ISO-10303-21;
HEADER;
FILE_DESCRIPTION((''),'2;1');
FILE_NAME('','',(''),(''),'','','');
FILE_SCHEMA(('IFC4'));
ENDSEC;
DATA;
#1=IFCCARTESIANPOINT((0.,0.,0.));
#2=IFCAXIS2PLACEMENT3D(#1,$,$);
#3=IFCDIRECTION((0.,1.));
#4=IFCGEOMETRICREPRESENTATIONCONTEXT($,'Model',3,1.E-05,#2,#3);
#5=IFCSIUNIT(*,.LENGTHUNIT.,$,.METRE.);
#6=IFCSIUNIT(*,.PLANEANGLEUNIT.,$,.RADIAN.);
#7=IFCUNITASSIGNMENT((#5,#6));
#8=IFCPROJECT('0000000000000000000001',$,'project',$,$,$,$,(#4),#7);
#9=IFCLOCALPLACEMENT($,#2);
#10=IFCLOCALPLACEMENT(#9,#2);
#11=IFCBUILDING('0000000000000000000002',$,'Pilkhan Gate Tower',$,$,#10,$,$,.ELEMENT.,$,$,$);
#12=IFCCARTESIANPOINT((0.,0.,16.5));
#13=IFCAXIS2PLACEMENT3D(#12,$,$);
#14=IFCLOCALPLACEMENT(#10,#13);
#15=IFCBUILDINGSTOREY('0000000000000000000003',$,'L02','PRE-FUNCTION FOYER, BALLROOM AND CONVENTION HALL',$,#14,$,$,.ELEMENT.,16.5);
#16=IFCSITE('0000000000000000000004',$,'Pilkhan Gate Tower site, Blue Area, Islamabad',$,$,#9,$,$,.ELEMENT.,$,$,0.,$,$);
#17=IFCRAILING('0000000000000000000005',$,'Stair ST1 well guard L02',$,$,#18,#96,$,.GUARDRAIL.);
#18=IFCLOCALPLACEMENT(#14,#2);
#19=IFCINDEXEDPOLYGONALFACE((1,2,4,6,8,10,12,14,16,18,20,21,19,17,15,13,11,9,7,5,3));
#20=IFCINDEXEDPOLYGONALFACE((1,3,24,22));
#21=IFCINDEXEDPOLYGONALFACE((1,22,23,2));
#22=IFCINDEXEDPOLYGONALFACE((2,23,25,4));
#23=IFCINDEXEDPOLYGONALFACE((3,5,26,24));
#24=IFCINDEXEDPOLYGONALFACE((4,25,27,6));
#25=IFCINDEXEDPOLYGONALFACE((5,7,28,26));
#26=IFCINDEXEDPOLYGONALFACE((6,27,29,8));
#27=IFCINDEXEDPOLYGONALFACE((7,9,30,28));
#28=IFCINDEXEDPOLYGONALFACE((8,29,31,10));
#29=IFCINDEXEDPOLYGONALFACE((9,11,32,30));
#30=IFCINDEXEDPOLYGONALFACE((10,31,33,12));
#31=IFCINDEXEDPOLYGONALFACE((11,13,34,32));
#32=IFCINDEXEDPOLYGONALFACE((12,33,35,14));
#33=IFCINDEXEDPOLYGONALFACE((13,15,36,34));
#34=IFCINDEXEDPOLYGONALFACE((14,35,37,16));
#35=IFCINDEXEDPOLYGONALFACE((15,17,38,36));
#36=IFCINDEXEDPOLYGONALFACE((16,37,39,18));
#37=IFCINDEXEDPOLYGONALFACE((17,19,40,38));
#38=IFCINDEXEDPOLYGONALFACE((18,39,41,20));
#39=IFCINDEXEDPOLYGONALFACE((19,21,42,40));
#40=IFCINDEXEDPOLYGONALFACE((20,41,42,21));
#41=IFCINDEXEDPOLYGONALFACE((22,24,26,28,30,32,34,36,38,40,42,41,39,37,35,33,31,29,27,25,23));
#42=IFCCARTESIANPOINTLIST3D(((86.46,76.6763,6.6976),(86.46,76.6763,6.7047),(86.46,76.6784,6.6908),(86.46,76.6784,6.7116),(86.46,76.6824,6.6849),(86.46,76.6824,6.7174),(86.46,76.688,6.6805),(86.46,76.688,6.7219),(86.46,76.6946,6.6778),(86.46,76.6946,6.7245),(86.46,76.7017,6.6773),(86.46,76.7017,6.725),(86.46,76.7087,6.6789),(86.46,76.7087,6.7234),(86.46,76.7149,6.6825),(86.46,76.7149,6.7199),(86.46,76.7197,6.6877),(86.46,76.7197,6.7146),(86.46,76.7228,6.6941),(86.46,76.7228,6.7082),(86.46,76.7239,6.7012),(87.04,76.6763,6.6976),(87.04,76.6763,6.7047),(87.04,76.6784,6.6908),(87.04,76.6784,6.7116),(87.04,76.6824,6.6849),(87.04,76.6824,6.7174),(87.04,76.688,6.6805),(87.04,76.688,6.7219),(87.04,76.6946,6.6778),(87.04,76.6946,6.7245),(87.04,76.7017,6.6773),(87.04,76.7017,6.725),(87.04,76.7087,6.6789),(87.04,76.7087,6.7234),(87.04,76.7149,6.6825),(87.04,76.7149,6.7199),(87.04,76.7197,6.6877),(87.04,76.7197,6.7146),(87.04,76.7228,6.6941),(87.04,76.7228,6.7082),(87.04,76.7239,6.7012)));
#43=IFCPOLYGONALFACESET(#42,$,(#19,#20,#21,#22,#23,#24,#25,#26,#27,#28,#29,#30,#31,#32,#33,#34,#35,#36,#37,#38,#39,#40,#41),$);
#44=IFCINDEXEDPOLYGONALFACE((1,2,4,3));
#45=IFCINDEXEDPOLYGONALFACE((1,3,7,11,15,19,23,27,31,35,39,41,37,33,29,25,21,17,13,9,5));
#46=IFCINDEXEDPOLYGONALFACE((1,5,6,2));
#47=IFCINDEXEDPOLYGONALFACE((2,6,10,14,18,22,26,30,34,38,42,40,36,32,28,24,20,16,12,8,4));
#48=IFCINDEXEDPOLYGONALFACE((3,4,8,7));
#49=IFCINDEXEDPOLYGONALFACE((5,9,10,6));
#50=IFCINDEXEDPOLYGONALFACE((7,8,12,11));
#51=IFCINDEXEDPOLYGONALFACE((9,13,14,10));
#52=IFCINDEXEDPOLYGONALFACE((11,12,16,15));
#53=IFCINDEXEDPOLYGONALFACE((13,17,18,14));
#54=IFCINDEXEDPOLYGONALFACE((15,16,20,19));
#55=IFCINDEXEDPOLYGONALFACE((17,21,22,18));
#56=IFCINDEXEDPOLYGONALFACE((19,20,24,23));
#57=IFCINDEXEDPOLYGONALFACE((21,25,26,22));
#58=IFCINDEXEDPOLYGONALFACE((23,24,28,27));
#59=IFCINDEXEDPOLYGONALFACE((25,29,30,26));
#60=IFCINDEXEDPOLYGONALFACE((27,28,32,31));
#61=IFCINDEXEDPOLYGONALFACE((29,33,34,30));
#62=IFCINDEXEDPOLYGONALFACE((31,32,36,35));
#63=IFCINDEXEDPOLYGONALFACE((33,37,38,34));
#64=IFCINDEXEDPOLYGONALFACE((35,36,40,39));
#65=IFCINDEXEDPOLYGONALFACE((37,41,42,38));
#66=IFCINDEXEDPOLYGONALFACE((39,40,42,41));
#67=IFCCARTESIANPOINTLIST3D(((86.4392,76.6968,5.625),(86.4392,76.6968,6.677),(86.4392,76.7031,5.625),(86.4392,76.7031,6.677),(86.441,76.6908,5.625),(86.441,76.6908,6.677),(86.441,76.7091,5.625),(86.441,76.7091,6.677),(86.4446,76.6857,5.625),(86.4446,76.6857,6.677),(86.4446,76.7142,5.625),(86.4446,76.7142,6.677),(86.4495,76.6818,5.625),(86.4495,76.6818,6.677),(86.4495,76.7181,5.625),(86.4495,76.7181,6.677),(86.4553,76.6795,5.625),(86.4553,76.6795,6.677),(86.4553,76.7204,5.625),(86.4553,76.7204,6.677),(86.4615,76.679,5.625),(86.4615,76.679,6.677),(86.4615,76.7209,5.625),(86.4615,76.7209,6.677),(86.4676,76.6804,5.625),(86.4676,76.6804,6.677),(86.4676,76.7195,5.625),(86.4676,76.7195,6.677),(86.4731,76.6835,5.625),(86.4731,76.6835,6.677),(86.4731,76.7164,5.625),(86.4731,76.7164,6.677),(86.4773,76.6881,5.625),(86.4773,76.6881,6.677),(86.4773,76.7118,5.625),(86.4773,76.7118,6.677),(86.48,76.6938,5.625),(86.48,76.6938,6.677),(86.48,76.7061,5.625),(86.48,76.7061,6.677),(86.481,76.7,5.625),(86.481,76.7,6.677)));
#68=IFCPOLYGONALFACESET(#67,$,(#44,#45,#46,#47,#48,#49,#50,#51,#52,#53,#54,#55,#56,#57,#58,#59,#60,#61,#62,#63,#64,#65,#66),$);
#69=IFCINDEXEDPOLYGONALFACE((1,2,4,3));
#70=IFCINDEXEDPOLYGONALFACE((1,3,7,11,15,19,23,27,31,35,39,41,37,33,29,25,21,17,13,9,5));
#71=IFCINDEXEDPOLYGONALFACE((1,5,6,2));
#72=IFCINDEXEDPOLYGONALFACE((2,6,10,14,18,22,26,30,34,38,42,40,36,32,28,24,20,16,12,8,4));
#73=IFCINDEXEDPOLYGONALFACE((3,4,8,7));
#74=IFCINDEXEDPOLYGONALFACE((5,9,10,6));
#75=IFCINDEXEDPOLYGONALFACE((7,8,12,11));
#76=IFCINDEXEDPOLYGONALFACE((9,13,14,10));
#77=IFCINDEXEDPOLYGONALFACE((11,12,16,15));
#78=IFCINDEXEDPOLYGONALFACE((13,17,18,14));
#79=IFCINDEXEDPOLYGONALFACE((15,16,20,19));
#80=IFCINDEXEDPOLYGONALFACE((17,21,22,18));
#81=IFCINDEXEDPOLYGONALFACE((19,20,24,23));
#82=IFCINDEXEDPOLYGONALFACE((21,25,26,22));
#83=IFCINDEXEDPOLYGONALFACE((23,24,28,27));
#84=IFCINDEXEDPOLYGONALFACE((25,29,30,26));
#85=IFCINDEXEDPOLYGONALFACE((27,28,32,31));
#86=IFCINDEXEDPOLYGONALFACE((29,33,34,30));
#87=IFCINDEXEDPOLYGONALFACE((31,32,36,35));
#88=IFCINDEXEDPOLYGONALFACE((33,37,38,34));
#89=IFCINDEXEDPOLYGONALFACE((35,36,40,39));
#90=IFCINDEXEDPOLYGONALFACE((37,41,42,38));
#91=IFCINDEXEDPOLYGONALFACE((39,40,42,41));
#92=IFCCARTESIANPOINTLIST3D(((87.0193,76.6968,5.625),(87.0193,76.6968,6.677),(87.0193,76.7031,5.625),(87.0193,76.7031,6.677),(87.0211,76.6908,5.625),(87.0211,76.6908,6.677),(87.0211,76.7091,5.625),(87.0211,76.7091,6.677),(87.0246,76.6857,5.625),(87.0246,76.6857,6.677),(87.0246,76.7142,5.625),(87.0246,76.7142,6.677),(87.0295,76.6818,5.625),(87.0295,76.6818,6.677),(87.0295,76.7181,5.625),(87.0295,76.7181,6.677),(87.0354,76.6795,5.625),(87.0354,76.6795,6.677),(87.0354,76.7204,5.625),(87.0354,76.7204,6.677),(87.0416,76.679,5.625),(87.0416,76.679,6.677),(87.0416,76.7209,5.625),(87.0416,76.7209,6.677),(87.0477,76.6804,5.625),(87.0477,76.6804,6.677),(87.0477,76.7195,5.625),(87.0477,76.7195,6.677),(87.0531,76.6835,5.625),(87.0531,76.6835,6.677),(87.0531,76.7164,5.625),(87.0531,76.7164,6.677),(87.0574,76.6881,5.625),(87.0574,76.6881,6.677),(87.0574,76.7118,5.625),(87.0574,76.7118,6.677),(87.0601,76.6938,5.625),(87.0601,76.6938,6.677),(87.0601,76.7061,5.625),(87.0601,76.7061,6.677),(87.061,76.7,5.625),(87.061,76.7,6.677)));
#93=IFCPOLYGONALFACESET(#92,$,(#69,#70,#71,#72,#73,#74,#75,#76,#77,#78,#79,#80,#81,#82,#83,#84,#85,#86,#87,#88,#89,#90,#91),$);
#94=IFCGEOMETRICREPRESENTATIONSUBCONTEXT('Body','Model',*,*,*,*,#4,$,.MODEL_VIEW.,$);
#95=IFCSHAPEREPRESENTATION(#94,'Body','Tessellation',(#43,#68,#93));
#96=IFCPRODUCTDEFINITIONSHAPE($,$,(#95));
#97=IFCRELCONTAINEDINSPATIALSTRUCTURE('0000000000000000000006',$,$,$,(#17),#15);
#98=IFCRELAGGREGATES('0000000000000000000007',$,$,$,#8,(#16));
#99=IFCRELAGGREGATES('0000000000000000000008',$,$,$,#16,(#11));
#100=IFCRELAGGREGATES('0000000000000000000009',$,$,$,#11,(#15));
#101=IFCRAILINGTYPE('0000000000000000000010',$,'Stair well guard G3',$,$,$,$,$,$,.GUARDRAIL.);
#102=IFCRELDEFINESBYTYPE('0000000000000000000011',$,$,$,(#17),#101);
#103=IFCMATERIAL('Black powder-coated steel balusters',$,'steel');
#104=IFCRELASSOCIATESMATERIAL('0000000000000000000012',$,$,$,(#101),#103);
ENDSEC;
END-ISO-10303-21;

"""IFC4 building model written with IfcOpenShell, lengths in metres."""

from ifc_helpers import new_model, si_unit, direction, frame, origin, origin_2d, place, context, subcontext, project, spatial, circle, extrude, material, type_object, element, save


model = new_model("IFC4")

# Units and contexts
model_context = context("Model", 3, precision=1e-05, world=origin(), true_north=direction((0.0, 1.0)))
body_context = subcontext(model_context, "Body", "Model", "MODEL_VIEW")
ifc_project = project(units=[si_unit("LENGTHUNIT", "METRE"), si_unit("PLANEANGLEUNIT", "RADIAN")], contexts=[model_context])

# Site, building, storey
site_placement = place(None, origin())
site = spatial("IfcSite", under=ifc_project, at=site_placement, Name="Pilkhan Gate Tower site, Blue Area, Islamabad", CompositionType="ELEMENT", RefElevation=0.0)
building_placement = place(site_placement, origin())
building = spatial("IfcBuilding", under=site, at=building_placement, Name="Pilkhan Gate Tower", CompositionType="ELEMENT")
storey_placement = place(building_placement, frame((0.0, 0.0, 16.5)))
storey = spatial("IfcBuildingStorey", under=building, at=storey_placement, Name="L02", Description="PRE-FUNCTION FOYER, BALLROOM AND CONVENTION HALL", CompositionType="ELEMENT", Elevation=16.5)

# Railing
ifc_material_1 = material(Name="Black powder-coated steel balusters", Category="steel")
railing_type_1 = type_object("IfcRailingType", Name="Stair well guard G3", PredefinedType="GUARDRAIL", material=ifc_material_1)
for number, where, name in (
    (1, (86.46, 76.7, 5.625), "Stair ST1 well guard L02"),
):
    element("IfcRailing", number, at=place(storey_placement, frame(where)), inside=storey, type_object=railing_type_1, Name=name, PredefinedType="GUARDRAIL", context=body_context, shape_type="SweptSolid", body=[
        extrude(circle(Radius=0.0239, at=origin_2d()), frame((0.0, 0.0, 1.0762), z_axis=(1.0, 0.0, 0.0), x_axis=(0.0, 1.0, 0.0)), (0.0, 0.0, 1.0), 0.5801),
        extrude(circle(Radius=0.021, at=origin_2d()), origin(), (0.0, 0.0, 1.0), 1.052),
        extrude(circle(Radius=0.021, at=origin_2d()), frame((0.5801, 0.0, 0.0)), (0.0, 0.0, 1.0), 1.052),
    ])

save(model, "model.ifc")
